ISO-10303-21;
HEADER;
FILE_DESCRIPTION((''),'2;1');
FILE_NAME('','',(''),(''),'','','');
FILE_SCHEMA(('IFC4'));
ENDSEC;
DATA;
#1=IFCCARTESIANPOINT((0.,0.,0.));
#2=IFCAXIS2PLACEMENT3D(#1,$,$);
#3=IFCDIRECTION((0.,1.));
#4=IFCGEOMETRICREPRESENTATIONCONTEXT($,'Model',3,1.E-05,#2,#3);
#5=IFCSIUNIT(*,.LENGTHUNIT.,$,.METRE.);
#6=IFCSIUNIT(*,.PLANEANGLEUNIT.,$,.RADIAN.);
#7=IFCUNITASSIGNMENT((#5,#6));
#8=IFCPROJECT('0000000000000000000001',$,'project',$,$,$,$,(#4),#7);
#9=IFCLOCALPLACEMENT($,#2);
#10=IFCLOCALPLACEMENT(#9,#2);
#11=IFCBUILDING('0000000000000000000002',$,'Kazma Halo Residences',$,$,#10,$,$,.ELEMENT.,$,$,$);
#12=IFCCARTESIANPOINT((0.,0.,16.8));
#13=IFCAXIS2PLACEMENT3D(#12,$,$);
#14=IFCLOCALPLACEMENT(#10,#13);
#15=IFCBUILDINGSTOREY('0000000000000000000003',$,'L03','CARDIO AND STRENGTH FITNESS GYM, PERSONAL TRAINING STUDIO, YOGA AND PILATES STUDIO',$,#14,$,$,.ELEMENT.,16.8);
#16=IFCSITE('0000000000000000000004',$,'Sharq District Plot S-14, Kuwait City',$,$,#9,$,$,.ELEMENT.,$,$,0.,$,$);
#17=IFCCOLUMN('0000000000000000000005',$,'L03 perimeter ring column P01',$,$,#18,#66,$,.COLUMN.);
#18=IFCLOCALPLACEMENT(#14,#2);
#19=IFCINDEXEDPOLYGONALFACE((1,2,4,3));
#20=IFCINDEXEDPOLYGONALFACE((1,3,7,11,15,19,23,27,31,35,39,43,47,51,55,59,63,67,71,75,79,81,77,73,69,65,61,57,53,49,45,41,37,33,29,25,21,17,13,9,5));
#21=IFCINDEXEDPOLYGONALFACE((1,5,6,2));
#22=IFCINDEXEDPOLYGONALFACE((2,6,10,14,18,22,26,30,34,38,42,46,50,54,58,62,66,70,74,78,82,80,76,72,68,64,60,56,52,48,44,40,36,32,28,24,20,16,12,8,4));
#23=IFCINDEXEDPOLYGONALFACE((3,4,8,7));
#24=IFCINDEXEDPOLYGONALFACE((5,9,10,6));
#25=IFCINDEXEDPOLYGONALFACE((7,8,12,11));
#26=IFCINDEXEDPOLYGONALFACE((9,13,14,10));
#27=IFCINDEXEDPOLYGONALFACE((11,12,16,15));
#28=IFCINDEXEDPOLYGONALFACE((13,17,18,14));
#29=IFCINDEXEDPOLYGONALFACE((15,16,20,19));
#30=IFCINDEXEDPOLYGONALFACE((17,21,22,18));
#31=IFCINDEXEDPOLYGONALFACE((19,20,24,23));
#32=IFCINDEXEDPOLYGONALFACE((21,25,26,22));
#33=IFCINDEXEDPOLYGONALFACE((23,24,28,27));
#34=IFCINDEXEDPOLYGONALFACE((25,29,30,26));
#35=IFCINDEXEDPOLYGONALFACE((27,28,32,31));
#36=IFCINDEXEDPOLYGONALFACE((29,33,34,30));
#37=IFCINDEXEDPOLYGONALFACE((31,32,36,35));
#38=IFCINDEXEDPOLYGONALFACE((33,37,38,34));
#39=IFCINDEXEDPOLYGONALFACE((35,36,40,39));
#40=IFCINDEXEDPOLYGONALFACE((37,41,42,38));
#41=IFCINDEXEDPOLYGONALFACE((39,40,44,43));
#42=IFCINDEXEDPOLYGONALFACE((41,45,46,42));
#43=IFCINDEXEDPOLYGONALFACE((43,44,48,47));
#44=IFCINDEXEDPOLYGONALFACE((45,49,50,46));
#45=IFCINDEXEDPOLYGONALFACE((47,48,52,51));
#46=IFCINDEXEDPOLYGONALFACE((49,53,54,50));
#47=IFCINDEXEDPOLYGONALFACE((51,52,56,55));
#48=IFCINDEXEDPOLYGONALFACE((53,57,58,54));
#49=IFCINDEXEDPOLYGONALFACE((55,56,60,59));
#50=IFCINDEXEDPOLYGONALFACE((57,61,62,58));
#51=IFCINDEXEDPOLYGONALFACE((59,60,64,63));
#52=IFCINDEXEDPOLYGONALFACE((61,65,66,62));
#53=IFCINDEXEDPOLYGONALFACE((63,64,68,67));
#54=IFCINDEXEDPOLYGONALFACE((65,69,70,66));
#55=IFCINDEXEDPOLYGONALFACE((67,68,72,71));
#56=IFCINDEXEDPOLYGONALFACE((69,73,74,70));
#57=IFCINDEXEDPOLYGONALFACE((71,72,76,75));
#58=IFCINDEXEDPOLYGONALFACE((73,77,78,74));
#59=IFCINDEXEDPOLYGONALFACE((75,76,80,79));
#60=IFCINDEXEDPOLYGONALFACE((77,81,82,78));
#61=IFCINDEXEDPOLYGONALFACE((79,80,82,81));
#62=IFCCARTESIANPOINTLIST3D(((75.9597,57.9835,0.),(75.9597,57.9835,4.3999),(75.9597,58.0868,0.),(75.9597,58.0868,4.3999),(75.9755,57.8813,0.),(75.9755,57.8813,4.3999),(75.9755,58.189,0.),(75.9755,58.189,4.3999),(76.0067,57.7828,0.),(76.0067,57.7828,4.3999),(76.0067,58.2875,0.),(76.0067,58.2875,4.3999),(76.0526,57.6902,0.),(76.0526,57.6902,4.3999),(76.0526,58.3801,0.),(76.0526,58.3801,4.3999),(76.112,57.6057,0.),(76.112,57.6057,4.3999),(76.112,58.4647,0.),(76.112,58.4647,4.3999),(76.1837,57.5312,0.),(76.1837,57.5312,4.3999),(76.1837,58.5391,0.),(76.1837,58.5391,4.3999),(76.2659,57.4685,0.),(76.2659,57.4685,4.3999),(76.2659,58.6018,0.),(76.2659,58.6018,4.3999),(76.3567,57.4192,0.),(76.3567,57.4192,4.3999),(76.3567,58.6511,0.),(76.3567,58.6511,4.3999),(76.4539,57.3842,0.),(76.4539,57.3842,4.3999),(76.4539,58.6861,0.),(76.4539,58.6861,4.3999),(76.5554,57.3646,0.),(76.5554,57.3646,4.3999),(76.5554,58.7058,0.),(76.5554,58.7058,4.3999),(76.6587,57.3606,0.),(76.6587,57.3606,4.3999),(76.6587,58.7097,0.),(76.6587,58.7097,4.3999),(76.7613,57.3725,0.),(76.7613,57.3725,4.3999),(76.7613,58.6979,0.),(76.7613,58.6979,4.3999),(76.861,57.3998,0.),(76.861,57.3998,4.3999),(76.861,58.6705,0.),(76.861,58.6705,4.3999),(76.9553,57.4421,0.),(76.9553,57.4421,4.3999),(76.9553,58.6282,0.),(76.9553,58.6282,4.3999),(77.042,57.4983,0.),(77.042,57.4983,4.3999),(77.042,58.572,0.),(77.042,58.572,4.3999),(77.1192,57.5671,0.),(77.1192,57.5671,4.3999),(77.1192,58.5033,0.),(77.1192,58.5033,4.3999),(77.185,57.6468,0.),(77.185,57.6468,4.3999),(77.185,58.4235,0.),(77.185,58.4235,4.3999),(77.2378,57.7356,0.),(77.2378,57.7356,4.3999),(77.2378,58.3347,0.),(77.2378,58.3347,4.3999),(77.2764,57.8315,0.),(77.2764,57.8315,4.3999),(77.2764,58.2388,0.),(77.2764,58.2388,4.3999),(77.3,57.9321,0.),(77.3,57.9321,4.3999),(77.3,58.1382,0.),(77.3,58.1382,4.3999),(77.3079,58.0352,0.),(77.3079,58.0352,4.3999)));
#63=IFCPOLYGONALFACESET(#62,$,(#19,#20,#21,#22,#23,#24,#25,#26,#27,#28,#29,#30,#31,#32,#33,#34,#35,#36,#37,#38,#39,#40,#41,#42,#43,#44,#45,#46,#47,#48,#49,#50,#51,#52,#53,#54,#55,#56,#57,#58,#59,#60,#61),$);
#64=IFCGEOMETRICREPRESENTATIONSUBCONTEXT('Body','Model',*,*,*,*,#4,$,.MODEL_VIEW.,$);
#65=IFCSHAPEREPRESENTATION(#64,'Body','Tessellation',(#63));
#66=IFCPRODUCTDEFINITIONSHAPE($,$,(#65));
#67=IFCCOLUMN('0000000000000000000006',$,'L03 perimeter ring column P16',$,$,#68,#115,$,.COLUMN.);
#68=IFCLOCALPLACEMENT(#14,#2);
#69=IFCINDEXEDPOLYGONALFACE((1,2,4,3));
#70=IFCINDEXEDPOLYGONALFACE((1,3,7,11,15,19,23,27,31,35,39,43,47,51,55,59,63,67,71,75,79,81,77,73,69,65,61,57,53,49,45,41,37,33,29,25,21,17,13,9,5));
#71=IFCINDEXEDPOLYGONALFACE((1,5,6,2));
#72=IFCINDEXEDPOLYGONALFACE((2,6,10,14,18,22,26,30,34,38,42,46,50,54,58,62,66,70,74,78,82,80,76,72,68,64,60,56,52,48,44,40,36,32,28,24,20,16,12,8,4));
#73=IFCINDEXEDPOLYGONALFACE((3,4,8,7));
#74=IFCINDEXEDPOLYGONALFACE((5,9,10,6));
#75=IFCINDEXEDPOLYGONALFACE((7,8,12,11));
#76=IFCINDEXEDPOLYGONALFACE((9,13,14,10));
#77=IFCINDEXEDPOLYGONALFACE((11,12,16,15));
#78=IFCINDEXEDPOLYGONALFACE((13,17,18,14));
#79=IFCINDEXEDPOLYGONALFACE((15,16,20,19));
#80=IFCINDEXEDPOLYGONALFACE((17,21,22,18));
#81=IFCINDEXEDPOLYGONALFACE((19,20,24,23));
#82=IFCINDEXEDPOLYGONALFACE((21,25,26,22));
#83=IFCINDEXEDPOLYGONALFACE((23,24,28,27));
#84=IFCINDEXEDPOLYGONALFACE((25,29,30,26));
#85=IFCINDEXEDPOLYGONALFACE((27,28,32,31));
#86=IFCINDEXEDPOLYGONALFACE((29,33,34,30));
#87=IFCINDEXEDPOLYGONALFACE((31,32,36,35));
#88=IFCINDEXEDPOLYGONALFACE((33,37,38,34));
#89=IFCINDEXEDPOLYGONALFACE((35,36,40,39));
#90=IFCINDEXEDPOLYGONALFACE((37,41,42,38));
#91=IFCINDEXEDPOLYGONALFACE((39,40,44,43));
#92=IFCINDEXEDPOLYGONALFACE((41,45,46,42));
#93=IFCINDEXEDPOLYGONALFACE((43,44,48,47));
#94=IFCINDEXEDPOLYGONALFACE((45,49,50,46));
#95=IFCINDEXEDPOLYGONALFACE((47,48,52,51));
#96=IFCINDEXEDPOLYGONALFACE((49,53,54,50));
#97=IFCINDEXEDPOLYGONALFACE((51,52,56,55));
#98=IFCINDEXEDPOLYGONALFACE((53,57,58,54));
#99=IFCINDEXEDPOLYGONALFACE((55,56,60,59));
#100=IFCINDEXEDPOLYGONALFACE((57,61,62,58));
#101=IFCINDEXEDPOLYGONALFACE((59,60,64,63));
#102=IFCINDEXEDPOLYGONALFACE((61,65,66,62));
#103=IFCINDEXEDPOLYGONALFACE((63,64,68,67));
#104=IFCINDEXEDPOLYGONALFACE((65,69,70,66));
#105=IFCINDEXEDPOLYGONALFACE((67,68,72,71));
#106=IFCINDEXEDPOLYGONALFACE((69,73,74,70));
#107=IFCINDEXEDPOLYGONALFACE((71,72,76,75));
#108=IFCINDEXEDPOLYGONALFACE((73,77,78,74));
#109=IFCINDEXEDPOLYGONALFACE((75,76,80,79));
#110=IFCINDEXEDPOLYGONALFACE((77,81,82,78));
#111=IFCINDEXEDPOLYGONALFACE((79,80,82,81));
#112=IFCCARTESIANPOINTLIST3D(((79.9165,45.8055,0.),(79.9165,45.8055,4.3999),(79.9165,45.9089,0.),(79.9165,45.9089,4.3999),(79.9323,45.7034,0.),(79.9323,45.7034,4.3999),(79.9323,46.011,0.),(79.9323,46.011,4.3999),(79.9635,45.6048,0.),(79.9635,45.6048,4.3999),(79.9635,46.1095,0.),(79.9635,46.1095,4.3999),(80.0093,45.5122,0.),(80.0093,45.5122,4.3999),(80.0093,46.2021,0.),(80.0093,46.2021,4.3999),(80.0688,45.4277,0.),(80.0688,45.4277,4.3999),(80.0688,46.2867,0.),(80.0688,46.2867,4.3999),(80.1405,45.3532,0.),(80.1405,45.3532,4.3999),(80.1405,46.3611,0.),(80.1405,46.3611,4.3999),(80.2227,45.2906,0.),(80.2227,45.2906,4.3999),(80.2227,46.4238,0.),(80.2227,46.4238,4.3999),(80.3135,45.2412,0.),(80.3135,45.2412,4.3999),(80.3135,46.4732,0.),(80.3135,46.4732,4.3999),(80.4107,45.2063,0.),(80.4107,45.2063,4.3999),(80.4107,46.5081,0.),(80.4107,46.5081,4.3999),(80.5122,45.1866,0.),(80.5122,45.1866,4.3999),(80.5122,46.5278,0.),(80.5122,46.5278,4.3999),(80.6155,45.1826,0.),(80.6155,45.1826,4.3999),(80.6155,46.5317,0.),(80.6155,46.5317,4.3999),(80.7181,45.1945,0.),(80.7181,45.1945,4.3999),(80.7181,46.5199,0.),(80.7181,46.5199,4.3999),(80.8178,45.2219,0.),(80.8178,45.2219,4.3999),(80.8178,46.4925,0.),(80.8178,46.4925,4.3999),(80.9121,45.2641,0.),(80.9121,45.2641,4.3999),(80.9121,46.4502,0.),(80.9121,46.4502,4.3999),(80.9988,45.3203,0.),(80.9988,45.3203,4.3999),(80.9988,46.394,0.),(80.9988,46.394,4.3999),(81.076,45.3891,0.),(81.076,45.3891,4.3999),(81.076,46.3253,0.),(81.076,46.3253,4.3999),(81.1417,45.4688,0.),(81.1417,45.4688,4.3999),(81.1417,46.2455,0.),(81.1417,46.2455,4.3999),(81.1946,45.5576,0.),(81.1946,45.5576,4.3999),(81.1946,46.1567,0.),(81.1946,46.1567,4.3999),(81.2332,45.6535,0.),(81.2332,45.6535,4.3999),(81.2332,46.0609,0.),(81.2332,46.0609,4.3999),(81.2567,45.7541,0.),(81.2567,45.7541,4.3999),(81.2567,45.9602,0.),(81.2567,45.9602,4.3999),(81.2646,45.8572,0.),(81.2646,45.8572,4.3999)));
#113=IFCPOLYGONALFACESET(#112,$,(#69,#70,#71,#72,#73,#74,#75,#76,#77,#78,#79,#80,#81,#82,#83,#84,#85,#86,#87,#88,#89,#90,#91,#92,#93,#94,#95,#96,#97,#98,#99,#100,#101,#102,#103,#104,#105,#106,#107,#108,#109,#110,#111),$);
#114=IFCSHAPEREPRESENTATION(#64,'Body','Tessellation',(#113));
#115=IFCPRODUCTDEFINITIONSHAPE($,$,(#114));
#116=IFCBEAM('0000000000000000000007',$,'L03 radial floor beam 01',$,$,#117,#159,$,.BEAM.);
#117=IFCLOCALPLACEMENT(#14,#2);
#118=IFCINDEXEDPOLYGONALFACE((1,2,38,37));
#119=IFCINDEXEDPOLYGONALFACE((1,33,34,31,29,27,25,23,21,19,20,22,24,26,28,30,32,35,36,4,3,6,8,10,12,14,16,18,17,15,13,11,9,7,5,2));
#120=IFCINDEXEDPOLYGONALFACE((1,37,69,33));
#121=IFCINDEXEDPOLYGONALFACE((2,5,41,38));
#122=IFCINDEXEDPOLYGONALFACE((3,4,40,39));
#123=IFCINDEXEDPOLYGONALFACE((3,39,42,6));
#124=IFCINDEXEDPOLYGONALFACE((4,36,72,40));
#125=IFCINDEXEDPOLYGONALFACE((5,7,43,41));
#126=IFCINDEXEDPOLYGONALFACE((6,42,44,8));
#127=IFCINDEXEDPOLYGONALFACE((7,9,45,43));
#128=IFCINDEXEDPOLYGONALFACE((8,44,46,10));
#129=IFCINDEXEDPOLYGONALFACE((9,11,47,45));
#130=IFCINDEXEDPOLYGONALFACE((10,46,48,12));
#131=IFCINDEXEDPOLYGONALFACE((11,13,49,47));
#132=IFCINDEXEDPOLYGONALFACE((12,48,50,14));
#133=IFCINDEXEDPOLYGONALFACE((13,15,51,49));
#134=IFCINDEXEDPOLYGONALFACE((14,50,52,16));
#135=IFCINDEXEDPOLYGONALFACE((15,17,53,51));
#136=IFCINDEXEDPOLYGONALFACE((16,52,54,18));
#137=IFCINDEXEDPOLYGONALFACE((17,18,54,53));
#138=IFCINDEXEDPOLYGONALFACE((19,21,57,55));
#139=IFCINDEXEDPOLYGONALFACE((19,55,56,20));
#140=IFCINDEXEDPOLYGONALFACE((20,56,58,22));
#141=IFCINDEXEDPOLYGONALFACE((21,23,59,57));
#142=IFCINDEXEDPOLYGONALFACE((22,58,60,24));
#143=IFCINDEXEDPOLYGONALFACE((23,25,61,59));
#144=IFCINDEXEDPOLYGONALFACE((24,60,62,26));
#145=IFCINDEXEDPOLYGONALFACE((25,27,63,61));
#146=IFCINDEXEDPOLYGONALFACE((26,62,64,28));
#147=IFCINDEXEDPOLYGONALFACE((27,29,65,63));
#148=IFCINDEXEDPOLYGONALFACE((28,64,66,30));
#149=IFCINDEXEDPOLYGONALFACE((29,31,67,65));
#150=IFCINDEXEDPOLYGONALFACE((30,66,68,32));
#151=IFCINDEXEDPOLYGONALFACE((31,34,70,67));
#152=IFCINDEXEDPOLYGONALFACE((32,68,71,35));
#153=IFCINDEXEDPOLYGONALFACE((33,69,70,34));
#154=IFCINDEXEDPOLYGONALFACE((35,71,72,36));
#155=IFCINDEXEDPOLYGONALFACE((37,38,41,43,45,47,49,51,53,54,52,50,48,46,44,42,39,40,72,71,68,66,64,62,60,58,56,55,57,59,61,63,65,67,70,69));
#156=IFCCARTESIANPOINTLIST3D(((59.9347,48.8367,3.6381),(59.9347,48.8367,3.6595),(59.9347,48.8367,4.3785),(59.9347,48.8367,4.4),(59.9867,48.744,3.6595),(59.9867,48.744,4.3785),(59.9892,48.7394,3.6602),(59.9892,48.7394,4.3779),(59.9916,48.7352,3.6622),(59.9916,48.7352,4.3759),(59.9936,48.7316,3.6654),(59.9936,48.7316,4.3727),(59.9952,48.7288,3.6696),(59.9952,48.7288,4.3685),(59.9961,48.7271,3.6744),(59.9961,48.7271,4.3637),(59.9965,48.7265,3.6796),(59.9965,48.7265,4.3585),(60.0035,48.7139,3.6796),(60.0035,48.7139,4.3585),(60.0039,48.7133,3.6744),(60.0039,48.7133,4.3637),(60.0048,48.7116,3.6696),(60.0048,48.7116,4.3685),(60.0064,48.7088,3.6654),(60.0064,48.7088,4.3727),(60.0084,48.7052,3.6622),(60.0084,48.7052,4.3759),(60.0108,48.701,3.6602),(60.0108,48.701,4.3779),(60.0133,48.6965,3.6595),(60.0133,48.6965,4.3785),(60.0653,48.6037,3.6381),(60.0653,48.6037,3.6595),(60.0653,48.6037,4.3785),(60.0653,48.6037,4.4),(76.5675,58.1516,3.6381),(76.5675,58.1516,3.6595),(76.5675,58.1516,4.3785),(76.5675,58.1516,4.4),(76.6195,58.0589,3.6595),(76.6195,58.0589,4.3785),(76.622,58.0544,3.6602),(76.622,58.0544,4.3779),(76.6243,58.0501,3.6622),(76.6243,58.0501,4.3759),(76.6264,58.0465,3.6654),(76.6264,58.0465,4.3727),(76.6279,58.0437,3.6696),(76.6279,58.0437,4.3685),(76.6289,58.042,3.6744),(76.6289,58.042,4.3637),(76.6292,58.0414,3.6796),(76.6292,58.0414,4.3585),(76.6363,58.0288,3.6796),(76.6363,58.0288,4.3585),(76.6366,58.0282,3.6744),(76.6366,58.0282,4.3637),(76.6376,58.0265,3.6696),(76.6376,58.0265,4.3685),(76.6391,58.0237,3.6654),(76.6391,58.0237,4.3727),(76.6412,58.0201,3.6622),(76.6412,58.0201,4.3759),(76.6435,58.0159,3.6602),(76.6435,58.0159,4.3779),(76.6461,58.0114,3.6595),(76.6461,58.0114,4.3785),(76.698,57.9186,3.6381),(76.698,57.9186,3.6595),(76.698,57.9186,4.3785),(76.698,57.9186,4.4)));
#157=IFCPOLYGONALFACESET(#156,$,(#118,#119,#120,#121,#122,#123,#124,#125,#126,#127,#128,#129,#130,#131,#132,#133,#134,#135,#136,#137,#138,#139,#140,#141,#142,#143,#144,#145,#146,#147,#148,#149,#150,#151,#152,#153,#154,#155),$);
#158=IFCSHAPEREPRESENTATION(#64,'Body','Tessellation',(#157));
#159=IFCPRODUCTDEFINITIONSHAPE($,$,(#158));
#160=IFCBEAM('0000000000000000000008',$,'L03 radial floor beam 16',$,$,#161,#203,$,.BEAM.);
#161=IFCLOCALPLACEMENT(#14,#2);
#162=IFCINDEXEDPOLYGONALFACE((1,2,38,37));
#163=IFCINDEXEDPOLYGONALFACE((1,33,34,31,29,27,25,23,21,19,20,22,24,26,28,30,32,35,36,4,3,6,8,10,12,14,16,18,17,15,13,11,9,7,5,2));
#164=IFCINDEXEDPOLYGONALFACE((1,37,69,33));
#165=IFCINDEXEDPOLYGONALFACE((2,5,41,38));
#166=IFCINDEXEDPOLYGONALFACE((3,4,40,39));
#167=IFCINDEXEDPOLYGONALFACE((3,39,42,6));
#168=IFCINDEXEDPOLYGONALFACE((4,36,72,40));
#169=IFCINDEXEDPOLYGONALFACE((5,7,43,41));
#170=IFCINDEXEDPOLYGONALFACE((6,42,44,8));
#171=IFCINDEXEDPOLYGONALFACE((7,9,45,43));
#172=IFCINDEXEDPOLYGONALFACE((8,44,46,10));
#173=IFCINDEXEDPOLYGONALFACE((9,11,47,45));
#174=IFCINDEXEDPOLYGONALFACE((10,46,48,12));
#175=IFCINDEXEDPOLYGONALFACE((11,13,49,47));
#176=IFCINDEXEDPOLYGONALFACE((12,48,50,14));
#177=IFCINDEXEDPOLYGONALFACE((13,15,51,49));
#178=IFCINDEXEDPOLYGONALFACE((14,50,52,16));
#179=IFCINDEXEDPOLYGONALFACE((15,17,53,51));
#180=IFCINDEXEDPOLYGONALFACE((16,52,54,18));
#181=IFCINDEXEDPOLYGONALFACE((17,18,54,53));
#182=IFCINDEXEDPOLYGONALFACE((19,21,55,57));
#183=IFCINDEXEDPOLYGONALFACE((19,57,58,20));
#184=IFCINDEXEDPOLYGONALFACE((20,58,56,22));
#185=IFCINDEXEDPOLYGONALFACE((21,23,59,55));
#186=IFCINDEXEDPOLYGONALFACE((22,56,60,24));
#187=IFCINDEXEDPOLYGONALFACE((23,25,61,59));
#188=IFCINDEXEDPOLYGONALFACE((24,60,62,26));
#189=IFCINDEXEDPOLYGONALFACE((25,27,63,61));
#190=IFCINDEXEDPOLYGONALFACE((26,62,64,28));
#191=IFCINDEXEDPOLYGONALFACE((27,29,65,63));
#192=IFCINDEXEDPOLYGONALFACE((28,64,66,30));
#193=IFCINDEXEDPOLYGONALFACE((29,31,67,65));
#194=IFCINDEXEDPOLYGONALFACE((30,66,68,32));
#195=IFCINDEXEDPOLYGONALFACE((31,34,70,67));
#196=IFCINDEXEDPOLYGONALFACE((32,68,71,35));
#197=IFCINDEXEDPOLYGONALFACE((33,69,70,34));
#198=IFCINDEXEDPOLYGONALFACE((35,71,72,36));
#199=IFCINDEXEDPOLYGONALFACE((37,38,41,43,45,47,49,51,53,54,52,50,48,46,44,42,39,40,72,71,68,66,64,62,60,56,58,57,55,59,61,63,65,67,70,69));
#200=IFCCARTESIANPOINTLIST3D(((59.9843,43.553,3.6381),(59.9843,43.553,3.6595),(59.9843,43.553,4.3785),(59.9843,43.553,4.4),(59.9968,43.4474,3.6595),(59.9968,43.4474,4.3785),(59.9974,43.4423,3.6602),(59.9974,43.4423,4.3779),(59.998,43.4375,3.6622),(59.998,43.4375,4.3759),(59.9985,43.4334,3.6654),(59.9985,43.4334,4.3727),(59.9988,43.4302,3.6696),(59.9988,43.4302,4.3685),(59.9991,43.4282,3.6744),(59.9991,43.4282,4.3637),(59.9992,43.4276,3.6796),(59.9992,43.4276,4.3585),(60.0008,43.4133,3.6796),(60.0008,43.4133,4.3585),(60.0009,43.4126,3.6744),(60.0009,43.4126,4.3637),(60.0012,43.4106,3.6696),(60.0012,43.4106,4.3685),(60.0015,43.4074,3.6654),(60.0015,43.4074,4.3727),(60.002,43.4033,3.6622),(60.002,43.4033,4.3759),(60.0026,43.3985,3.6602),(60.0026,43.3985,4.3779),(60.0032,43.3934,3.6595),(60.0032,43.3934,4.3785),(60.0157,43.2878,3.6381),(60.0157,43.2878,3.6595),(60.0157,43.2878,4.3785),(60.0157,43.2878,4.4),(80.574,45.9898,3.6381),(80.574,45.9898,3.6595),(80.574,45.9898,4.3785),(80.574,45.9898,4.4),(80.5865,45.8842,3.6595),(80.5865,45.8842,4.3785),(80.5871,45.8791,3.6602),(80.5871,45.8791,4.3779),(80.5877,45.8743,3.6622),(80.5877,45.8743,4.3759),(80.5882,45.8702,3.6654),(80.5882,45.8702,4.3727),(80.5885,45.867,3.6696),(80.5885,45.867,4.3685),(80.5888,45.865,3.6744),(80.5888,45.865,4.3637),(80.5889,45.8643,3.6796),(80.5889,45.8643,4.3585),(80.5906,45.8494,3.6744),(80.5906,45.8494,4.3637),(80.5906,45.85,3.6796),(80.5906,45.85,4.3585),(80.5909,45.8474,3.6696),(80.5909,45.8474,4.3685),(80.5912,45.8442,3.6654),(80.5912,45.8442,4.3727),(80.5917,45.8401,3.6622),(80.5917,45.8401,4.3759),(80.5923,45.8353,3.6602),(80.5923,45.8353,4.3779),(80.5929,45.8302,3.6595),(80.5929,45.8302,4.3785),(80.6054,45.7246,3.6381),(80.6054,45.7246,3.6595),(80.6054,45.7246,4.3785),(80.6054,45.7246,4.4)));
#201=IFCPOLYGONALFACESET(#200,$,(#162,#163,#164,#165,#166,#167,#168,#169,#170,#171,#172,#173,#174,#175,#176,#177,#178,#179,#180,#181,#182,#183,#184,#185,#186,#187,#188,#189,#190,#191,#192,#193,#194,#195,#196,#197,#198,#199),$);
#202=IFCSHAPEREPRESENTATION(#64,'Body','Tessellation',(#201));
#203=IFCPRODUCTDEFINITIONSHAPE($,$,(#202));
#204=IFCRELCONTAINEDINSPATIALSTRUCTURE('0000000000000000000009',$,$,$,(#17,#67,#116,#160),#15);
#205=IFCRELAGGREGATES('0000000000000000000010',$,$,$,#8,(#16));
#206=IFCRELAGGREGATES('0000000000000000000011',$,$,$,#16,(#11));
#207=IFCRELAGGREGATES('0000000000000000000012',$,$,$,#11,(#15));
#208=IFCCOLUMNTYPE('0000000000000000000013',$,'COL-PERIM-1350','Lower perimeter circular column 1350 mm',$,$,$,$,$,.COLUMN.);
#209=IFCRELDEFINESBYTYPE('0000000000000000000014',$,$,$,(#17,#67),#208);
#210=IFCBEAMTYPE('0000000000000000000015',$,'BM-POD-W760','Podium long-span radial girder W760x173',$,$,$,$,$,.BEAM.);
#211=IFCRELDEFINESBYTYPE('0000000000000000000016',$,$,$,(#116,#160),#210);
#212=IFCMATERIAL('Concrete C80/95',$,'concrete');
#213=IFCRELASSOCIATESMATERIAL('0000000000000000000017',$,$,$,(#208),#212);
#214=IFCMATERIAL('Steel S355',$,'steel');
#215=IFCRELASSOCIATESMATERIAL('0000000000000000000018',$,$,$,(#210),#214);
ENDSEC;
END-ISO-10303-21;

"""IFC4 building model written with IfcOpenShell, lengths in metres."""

from ifc_helpers import new_model, si_unit, direction, frame, origin, origin_2d, place, context, subcontext, project, spatial, circle, i_section, extrude, material, material_profile, profile_set, type_object, element, save


model = new_model("IFC4")

# Units and contexts
model_context = context("Model", 3, precision=1e-05, world=origin(), true_north=direction((0.0, 1.0)))
body_context = subcontext(model_context, "Body", "Model", "MODEL_VIEW")
ifc_project = project(units=[si_unit("LENGTHUNIT", "METRE"), si_unit("PLANEANGLEUNIT", "RADIAN")], contexts=[model_context])

# Site, building, storey
site_placement = place(None, origin())
site = spatial("IfcSite", under=ifc_project, at=site_placement, Name="Sharq District Plot S-14, Kuwait City", CompositionType="ELEMENT", RefElevation=0.0)
building_placement = place(site_placement, origin())
building = spatial("IfcBuilding", under=site, at=building_placement, Name="Kazma Halo Residences", CompositionType="ELEMENT")
storey_placement = place(building_placement, frame((0.0, 0.0, 16.8)))
storey = spatial("IfcBuildingStorey", under=building, at=storey_placement, Name="L03", Description="CARDIO AND STRENGTH FITNESS GYM, PERSONAL TRAINING STUDIO, YOGA AND PILATES STUDIO", CompositionType="ELEMENT", Elevation=16.8)

# Columns
ifc_material_1 = material(Name="Concrete C80/95", Category="concrete")
ifc_material_profile_1 = material_profile(ifc_material_1, circle(Radius=0.675, at=origin_2d()), Name="CIRC1350")
ifc_profile_set_1 = profile_set([ifc_material_profile_1], Name="Concrete C80/95")
column_type = type_object("IfcColumnType", Name="COL-PERIM-1350", Description="Lower perimeter circular column 1350 mm", PredefinedType="COLUMN", material=ifc_profile_set_1)
for number, where, z_axis, x_axis, name in (
    (1, (76.6328, 58.0352, 0.0), (0.0, 0.0, 1.0), (1.0, 0.0, 0.0), "L03 perimeter ring column P01"),
    (2, (80.5896, 45.8572, 0.0), (0.0, 0.0, 1.0), (1.0, 0.0, 0.0), "L03 perimeter ring column P16"),
):
    element("IfcColumn", number, at=place(storey_placement, frame(where, z_axis=z_axis, x_axis=x_axis)), inside=storey, type_object=column_type, Name=name, PredefinedType="COLUMN", context=body_context, shape_type="SweptSolid", body=[
        extrude(circle(Radius=0.675, at=origin_2d()), origin(), (0.0, 0.0, 1.0), 4.3999),
    ])

# Beams
ifc_material_2 = material(Name="Steel S355", Category="steel")
ifc_material_profile_2 = material_profile(ifc_material_2, i_section(OverallWidth=0.2671, OverallDepth=0.762, WebThickness=0.0144, FlangeThickness=0.0215, FilletRadius=0.02, at=origin_2d()), Name="W760x173")
ifc_profile_set_2 = profile_set([ifc_material_profile_2], Name="Steel S355")
beam_type_1 = type_object("IfcBeamType", Name="BM-POD-W760", Description="Podium long-span radial girder W760x173", PredefinedType="BEAM", material=ifc_profile_set_2)
beam_1_placement = place(storey_placement, frame((60.0, 48.7202, 4.019), z_axis=(0.872493, 0.488626, 0.0), x_axis=(-0.488626, 0.872493, 0.0)))
element("IfcBeam", 3, at=beam_1_placement, inside=storey, type_object=beam_type_1, Name="L03 radial floor beam 01", PredefinedType="BEAM", context=body_context, shape_type="SweptSolid", body=[
    extrude(i_section(OverallWidth=0.2671, OverallDepth=0.762, WebThickness=0.0144, FlangeThickness=0.0215, FilletRadius=0.02, at=origin_2d()), origin(), (0.0, 0.0, 1.0), 19.0635),
])
beam_2_placement = place(storey_placement, frame((60.0, 43.4204, 4.019), z_axis=(0.993069, 0.117529, 0.0), x_axis=(-0.117529, 0.993069, 0.0)))
element("IfcBeam", 4, at=beam_2_placement, inside=storey, type_object=beam_type_1, Name="L03 radial floor beam 16", PredefinedType="BEAM", context=body_context, shape_type="SweptSolid", body=[
    extrude(i_section(OverallWidth=0.2671, OverallDepth=0.762, WebThickness=0.0144, FlangeThickness=0.0215, FilletRadius=0.02, at=origin_2d()), origin(), (0.0, 0.0, 1.0), 20.7334),
])

save(model, "model.ifc")
